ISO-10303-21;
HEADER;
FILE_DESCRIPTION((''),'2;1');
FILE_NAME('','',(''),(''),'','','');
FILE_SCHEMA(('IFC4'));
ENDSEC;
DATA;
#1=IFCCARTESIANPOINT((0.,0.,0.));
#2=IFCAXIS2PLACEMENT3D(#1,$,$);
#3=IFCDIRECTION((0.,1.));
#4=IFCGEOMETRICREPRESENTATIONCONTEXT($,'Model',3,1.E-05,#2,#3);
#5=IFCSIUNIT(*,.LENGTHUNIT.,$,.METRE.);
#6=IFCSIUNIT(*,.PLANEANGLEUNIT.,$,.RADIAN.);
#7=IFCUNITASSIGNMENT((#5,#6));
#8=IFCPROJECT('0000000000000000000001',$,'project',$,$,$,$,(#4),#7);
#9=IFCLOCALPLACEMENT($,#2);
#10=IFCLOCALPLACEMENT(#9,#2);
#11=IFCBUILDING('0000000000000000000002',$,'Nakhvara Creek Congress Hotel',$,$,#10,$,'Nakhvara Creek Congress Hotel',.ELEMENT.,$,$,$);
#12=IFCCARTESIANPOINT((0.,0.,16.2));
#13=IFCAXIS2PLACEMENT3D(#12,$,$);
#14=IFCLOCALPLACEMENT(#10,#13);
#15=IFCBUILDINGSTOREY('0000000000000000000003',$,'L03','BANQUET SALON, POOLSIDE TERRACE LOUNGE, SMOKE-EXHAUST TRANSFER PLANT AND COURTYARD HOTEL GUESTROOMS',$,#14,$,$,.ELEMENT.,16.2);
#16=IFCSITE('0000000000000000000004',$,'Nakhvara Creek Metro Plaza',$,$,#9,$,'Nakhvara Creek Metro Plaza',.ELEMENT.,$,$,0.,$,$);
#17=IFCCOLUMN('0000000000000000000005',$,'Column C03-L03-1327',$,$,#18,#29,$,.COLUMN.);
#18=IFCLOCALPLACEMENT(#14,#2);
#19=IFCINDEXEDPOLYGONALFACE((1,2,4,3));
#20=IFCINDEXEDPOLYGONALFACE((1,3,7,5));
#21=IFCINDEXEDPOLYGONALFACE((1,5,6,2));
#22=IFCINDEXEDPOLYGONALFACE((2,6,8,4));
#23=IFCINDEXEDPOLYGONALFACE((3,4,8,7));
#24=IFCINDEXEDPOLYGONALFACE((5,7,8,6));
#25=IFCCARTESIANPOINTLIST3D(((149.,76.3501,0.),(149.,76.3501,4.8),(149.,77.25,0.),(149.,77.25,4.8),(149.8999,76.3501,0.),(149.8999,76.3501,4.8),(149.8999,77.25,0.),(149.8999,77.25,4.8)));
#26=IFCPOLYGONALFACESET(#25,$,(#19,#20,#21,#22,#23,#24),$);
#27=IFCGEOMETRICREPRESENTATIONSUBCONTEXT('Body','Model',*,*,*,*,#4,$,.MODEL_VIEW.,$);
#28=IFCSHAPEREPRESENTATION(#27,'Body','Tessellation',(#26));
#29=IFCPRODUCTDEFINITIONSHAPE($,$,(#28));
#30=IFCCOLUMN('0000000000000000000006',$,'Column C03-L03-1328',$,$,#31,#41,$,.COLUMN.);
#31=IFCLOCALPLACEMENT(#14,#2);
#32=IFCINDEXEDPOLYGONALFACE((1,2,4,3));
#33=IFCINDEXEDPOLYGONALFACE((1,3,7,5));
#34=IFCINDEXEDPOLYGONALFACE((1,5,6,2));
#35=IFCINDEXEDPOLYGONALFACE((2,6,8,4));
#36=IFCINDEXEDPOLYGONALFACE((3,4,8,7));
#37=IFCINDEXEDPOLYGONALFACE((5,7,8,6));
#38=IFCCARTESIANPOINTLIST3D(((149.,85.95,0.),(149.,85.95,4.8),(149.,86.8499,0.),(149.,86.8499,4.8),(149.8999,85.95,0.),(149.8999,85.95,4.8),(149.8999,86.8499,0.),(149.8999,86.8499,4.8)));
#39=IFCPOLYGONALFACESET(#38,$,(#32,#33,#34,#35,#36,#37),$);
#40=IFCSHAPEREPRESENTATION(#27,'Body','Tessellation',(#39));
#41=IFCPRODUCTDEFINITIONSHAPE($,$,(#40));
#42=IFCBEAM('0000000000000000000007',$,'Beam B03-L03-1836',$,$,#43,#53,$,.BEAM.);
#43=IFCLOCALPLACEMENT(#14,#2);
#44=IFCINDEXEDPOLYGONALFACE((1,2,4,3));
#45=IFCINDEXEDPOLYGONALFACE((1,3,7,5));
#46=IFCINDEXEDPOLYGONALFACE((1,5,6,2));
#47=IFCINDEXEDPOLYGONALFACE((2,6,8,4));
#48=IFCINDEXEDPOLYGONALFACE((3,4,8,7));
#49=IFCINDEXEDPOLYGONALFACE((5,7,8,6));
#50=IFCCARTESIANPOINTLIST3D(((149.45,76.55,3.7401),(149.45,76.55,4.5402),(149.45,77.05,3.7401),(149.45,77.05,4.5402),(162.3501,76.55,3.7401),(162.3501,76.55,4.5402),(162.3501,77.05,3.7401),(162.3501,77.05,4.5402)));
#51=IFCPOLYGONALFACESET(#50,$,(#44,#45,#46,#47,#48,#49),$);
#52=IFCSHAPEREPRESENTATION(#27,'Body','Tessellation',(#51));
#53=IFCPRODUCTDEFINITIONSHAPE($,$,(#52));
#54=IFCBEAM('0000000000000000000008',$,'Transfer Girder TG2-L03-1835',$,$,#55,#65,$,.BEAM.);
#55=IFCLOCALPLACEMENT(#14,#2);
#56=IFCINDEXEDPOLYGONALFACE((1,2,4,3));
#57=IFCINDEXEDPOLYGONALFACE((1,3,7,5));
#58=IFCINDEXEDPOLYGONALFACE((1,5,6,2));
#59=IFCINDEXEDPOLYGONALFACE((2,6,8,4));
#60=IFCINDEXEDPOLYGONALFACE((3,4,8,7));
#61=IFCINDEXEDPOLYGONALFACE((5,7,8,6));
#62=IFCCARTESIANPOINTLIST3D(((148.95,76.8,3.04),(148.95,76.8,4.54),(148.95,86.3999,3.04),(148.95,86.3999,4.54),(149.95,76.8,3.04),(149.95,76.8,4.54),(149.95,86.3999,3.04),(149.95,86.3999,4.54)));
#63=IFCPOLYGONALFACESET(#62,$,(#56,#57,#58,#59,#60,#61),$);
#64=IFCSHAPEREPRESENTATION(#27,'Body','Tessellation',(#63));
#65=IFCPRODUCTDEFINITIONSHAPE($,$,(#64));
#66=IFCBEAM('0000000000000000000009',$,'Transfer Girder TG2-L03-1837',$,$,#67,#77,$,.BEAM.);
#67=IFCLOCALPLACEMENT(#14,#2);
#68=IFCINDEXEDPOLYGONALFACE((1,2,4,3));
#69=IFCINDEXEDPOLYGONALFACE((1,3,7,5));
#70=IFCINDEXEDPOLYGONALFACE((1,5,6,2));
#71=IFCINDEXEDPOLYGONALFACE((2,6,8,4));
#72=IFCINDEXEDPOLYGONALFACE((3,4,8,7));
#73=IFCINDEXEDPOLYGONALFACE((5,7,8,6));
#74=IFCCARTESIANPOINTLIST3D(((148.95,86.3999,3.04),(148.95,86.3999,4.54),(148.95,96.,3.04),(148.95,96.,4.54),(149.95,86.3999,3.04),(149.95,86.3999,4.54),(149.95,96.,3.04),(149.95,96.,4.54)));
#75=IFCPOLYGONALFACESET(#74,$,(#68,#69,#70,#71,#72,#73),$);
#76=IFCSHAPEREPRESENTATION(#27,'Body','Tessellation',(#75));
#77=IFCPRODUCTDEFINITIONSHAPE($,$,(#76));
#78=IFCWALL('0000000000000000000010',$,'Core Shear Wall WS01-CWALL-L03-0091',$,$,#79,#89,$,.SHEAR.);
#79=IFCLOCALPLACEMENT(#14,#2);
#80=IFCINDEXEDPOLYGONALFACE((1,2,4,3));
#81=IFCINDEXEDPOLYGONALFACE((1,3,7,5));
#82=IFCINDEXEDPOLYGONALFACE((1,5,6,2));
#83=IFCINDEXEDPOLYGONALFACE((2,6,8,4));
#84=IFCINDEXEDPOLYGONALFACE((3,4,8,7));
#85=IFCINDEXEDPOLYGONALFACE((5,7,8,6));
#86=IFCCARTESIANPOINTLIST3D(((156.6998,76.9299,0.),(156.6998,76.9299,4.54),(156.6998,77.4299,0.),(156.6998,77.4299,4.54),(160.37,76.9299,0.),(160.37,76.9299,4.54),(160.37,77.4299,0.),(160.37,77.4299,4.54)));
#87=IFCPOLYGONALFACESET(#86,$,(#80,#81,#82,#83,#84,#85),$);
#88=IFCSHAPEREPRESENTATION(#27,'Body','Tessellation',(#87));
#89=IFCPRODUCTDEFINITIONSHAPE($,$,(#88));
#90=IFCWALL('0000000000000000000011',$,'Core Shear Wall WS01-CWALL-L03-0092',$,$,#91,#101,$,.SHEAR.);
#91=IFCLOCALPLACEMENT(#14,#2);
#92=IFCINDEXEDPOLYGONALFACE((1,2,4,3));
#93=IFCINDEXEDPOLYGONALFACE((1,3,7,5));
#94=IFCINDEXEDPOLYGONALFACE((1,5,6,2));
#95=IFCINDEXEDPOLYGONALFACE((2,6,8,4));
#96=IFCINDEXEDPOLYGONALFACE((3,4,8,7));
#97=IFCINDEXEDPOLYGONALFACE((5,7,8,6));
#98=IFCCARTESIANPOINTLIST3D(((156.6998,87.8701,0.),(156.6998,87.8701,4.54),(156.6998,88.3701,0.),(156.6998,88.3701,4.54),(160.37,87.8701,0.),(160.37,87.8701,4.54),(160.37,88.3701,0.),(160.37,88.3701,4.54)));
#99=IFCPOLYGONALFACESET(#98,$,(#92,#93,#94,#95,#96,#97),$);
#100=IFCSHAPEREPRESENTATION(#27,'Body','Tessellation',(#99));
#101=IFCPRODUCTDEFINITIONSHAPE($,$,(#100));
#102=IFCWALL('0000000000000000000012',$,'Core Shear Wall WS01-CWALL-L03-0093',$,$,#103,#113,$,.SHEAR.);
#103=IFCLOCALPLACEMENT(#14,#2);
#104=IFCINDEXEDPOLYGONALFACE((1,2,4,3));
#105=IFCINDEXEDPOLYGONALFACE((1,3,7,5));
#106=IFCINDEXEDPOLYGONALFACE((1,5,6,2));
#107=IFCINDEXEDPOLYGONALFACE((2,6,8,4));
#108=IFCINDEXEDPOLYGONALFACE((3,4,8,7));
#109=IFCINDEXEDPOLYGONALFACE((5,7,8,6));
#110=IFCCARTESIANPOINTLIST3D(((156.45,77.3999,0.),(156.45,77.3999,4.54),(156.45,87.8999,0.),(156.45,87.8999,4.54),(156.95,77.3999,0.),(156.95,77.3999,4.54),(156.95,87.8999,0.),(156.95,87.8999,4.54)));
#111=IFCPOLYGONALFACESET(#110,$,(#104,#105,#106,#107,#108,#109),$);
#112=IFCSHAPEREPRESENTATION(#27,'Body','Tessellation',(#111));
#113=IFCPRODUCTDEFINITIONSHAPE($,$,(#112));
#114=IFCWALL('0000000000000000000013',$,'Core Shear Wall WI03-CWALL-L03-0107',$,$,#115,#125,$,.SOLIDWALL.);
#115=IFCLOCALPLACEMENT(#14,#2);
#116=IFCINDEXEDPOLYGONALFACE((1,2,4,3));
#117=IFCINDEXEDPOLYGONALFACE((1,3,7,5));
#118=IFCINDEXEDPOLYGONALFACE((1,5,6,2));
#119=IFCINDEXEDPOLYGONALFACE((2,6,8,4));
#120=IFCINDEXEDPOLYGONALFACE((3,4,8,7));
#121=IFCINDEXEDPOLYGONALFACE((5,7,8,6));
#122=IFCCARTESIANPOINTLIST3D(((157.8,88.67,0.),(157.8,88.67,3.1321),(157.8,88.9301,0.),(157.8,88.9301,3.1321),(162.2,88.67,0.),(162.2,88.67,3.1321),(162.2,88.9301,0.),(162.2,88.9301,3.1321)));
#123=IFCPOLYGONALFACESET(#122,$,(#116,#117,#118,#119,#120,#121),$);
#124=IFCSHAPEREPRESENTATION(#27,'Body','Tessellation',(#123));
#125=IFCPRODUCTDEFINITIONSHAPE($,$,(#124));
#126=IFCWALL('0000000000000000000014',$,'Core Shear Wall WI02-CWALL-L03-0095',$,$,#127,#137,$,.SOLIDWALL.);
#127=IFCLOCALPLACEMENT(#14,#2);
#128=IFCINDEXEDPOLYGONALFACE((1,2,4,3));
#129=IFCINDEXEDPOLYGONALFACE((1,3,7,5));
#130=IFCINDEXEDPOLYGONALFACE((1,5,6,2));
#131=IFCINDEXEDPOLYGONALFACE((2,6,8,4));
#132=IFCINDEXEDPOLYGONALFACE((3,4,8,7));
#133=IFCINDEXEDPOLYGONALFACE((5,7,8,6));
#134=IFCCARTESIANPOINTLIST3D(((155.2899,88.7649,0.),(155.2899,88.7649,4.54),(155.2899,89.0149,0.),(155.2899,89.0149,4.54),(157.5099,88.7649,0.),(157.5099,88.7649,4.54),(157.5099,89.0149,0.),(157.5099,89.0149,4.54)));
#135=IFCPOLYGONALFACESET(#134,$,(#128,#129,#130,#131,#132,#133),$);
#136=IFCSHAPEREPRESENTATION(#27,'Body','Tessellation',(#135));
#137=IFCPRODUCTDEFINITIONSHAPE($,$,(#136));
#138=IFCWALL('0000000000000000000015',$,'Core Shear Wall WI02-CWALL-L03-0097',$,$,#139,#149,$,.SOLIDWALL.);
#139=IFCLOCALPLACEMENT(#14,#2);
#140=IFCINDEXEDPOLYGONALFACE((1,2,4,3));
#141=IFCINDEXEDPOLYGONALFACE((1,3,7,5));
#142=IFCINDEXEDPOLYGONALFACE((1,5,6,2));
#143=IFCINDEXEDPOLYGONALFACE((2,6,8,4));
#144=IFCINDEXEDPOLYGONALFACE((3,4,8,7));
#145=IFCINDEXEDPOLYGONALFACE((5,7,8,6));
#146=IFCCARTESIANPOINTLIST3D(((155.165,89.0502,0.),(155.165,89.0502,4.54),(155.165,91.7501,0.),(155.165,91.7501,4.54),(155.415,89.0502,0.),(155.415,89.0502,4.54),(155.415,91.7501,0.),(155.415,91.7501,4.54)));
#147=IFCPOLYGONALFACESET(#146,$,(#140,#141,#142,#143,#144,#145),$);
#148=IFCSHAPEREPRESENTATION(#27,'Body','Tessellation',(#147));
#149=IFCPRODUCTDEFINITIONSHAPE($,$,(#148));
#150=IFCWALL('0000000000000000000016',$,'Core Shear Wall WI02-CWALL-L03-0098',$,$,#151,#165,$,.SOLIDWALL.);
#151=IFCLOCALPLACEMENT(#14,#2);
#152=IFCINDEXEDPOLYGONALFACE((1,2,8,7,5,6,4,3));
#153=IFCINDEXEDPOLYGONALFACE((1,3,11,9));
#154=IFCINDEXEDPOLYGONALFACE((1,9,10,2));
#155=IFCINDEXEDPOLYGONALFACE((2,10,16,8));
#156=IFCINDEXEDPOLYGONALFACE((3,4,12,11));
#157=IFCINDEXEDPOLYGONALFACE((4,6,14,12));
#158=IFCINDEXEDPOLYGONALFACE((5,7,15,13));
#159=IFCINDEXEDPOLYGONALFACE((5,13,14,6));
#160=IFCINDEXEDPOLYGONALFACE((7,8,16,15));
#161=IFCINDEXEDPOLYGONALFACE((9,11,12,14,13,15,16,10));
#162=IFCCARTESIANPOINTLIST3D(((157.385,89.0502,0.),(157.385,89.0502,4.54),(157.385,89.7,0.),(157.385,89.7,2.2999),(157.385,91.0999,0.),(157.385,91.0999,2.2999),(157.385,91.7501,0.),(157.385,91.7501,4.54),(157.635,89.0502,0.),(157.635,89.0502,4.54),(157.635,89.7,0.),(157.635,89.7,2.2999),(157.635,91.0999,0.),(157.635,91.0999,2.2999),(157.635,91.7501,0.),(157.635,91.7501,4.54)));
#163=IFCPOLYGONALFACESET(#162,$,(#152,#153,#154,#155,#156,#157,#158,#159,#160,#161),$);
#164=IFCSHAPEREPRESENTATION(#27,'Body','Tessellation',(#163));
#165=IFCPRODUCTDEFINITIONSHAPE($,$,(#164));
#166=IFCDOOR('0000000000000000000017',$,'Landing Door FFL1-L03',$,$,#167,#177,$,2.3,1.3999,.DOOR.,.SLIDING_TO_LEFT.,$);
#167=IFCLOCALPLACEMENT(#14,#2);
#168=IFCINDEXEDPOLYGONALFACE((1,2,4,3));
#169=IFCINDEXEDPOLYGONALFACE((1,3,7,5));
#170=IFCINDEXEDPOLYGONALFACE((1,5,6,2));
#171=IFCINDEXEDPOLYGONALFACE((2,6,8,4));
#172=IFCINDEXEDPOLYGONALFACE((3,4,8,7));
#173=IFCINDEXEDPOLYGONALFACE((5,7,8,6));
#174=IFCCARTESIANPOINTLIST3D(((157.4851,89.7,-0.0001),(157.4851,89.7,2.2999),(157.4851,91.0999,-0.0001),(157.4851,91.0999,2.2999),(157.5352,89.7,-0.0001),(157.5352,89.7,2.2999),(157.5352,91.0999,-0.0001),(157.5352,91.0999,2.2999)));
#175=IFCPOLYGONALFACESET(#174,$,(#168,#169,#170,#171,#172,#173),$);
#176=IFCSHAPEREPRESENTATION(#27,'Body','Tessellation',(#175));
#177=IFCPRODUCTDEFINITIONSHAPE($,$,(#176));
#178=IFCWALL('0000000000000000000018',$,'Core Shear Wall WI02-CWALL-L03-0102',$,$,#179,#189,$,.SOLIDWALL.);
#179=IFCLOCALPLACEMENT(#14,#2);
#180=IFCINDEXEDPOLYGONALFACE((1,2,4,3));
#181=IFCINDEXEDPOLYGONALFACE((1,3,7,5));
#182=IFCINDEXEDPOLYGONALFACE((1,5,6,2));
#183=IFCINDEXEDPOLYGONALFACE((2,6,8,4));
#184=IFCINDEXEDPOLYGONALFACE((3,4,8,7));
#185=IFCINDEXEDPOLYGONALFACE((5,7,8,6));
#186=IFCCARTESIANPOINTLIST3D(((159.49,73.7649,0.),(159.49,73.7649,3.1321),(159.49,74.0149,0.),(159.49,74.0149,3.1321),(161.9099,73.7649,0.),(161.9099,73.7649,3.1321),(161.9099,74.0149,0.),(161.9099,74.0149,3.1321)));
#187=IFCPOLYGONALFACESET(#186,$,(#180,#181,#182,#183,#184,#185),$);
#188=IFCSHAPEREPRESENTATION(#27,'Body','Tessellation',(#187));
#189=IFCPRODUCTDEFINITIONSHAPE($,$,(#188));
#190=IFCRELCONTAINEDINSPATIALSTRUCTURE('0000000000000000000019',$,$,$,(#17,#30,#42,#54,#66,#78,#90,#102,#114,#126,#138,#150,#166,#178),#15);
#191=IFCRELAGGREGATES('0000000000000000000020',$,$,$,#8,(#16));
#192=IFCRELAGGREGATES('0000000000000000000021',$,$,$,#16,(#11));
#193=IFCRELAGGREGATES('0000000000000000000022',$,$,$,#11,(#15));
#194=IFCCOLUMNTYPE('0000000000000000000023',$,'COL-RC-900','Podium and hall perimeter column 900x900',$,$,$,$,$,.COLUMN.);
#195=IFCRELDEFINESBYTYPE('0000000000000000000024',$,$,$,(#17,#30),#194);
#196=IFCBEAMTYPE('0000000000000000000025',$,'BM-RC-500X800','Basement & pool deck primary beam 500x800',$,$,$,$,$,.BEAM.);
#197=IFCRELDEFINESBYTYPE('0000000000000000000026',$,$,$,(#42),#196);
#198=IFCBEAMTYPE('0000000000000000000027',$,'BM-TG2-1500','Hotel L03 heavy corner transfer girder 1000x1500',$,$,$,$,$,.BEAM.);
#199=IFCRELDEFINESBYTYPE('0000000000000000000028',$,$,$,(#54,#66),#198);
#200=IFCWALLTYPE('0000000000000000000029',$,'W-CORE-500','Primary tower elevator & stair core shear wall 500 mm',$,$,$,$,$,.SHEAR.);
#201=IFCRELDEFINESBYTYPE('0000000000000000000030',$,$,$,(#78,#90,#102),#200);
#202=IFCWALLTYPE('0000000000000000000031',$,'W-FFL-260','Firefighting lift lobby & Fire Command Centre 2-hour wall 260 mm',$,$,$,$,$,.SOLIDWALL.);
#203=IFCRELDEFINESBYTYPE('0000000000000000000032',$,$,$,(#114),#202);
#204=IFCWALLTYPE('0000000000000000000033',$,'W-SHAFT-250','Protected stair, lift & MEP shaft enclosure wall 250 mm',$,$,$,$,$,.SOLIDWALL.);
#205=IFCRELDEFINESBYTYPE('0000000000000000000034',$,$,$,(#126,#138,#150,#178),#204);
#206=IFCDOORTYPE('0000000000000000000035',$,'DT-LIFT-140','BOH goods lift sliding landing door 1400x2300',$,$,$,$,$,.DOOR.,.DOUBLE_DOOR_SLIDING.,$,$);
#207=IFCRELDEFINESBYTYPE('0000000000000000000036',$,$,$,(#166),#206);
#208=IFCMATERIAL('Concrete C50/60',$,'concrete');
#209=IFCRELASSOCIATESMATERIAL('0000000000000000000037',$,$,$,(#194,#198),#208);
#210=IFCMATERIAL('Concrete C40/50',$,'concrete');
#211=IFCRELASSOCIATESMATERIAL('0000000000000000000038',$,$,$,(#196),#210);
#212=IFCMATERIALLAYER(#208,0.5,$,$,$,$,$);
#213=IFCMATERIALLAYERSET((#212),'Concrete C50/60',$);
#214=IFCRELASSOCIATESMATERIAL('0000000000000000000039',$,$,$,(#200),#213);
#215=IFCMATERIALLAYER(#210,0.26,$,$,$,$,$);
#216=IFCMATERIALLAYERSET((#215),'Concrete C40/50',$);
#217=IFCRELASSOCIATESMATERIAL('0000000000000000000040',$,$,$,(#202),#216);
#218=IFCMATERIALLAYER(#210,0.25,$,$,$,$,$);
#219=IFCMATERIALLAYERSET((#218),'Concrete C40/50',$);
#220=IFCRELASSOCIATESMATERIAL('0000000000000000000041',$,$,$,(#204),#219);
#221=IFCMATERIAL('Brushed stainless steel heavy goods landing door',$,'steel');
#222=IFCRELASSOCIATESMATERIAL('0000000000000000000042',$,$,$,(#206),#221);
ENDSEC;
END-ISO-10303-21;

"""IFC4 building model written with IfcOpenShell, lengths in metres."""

from ifc_helpers import new_model, si_unit, direction, frame, frame_2d, origin, origin_2d, place, context, subcontext, project, spatial, rectangle, extrude, material, layer, layer_set, material_profile, profile_set, type_object, element, fill, save


model = new_model("IFC4")

# Units and contexts
model_context = context("Model", 3, precision=1e-05, world=origin(), true_north=direction((0.0, 1.0)))
body_context = subcontext(model_context, "Body", "Model", "MODEL_VIEW")
ifc_project = project(units=[si_unit("LENGTHUNIT", "METRE"), si_unit("PLANEANGLEUNIT", "RADIAN")], contexts=[model_context])

# Site, building, storey
site_placement = place(None, origin())
site = spatial("IfcSite", under=ifc_project, at=site_placement, Name="Nakhvara Creek Metro Plaza", LongName="Nakhvara Creek Metro Plaza", CompositionType="ELEMENT", RefElevation=0.0)
building_placement = place(site_placement, origin())
building = spatial("IfcBuilding", under=site, at=building_placement, Name="Nakhvara Creek Congress Hotel", LongName="Nakhvara Creek Congress Hotel", CompositionType="ELEMENT")
storey_placement = place(building_placement, frame((0.0, 0.0, 16.2)))
storey = spatial("IfcBuildingStorey", under=building, at=storey_placement, Name="L03", Description="BANQUET SALON, POOLSIDE TERRACE LOUNGE, SMOKE-EXHAUST TRANSFER PLANT AND COURTYARD HOTEL GUESTROOMS", CompositionType="ELEMENT", Elevation=16.2)

# Columns
ifc_material_1 = material(Name="Concrete C50/60", Category="concrete")
ifc_material_profile_1 = material_profile(ifc_material_1, rectangle(XDim=0.8999, YDim=0.8999, at=origin_2d()), Name="RC-COL 900x900", Category="LoadBearing")
ifc_profile_set_1 = profile_set([ifc_material_profile_1], Name="Concrete C50/60")
column_type = type_object("IfcColumnType", Name="COL-RC-900", Description="Podium and hall perimeter column 900x900", PredefinedType="COLUMN", material=ifc_profile_set_1)
for number, where, z_axis, x_axis, name in (
    (1, (149.45, 76.8, 0.0), (0.0, 0.0, 1.0), (1.0, 0.0, 0.0), "Column C03-L03-1327"),
    (2, (149.45, 86.3999, 0.0), (0.0, 0.0, 1.0), (1.0, 0.0, 0.0), "Column C03-L03-1328"),
):
    element("IfcColumn", number, at=place(storey_placement, frame(where, z_axis=z_axis, x_axis=x_axis)), inside=storey, type_object=column_type, Name=name, PredefinedType="COLUMN", context=body_context, shape_type="SweptSolid", body=[
        extrude(rectangle(XDim=0.8999, YDim=0.8999, at=origin_2d()), origin(), (0.0, 0.0, 1.0), 4.8),
    ])

# Beams
ifc_material_2 = material(Name="Concrete C40/50", Category="concrete")
ifc_material_profile_2 = material_profile(ifc_material_2, rectangle(XDim=0.5, YDim=0.8, at=origin_2d()), Name="RC-BM 500x800", Category="LoadBearing")
ifc_profile_set_2 = profile_set([ifc_material_profile_2], Name="Concrete C40/50")
beam_type_1 = type_object("IfcBeamType", Name="BM-RC-500X800", Description="Basement & pool deck primary beam 500x800", PredefinedType="BEAM", material=ifc_profile_set_2)
beam_1_placement = place(storey_placement, frame((149.45, 76.8, 4.1401), z_axis=(1.0, 0.0, 0.0), x_axis=(0.0, 1.0, 0.0)))
element("IfcBeam", 3, at=beam_1_placement, inside=storey, type_object=beam_type_1, Name="Beam B03-L03-1836", PredefinedType="BEAM", context=body_context, shape_type="SweptSolid", body=[
    extrude(rectangle(XDim=0.5, YDim=0.8, at=origin_2d()), origin(), (0.0, 0.0, 1.0), 12.9001),
])
ifc_material_profile_3 = material_profile(ifc_material_1, rectangle(XDim=1.0, YDim=1.5, at=origin_2d()), Name="RC-TG 1000x1500", Category="LoadBearing")
ifc_profile_set_3 = profile_set([ifc_material_profile_3], Name="Concrete C50/60")
beam_type_2 = type_object("IfcBeamType", Name="BM-TG2-1500", Description="Hotel L03 heavy corner transfer girder 1000x1500", PredefinedType="BEAM", material=ifc_profile_set_3)
beam_2_placement = place(storey_placement, frame((149.45, 76.8, 3.79), z_axis=(0.0, 1.0, 0.0), x_axis=(-1.0, 0.0, 0.0)))
element("IfcBeam", 4, at=beam_2_placement, inside=storey, type_object=beam_type_2, Name="Transfer Girder TG2-L03-1835", PredefinedType="BEAM", context=body_context, shape_type="SweptSolid", body=[
    extrude(rectangle(XDim=1.0, YDim=1.5, at=origin_2d()), origin(), (0.0, 0.0, 1.0), 9.5999),
])
beam_3_placement = place(storey_placement, frame((149.45, 86.3999, 3.79), z_axis=(0.0, 1.0, 0.0), x_axis=(-1.0, 0.0, 0.0)))
element("IfcBeam", 5, at=beam_3_placement, inside=storey, type_object=beam_type_2, Name="Transfer Girder TG2-L03-1837", PredefinedType="BEAM", context=body_context, shape_type="SweptSolid", body=[
    extrude(rectangle(XDim=1.0, YDim=1.5, at=origin_2d()), origin(), (0.0, 0.0, 1.0), 9.6001),
])

# Walls
ifc_layer_1 = layer(ifc_material_1, 0.5)
ifc_layer_set_1 = layer_set([ifc_layer_1], Name="Concrete C50/60")
wall_type_1 = type_object("IfcWallType", Name="W-CORE-500", Description="Primary tower elevator & stair core shear wall 500 mm", PredefinedType="SHEAR", material=ifc_layer_set_1)
for number, where, z_axis, x_axis, name in (
    (6, (156.7, 77.1799, 0.0), (0.0, 0.0, 1.0), (1.0, 0.0, 0.0), "Core Shear Wall WS01-CWALL-L03-0091"),
    (7, (156.7, 88.1201, 0.0), (0.0, 0.0, 1.0), (1.0, 0.0, 0.0), "Core Shear Wall WS01-CWALL-L03-0092"),
):
    element("IfcWall", number, at=place(storey_placement, frame(where, z_axis=z_axis, x_axis=x_axis)), inside=storey, type_object=wall_type_1, Name=name, PredefinedType="SHEAR", context=body_context, shape_type="SweptSolid", body=[
        extrude(rectangle(XDim=3.6702, YDim=0.5, at=frame_2d((1.835, 0.0))), origin(), (0.0, 0.0, 1.0), 4.54),
    ])
wall_1_placement = place(storey_placement, frame((156.7, 77.3999, 0.0), z_axis=(0.0, 0.0, 1.0), x_axis=(0.0, 1.0, 0.0)))
element("IfcWall", 8, at=wall_1_placement, inside=storey, type_object=wall_type_1, Name="Core Shear Wall WS01-CWALL-L03-0093", PredefinedType="SHEAR", context=body_context, shape_type="SweptSolid", body=[
    extrude(rectangle(XDim=10.5, YDim=0.5, at=frame_2d((5.25, 0.0))), origin(), (0.0, 0.0, 1.0), 4.54),
])
ifc_layer_2 = layer(ifc_material_2, 0.26)
ifc_layer_set_2 = layer_set([ifc_layer_2], Name="Concrete C40/50")
wall_type_2 = type_object("IfcWallType", Name="W-FFL-260", Description="Firefighting lift lobby & Fire Command Centre 2-hour wall 260 mm", PredefinedType="SOLIDWALL", material=ifc_layer_set_2)
wall_2_placement = place(storey_placement, frame((157.8, 88.8, 0.0), z_axis=(0.0, 0.0, 1.0), x_axis=(1.0, 0.0, 0.0)))
element("IfcWall", 9, at=wall_2_placement, inside=storey, type_object=wall_type_2, Name="Core Shear Wall WI03-CWALL-L03-0107", PredefinedType="SOLIDWALL", context=body_context, shape_type="SweptSolid", body=[
    extrude(rectangle(XDim=4.3999, YDim=0.26, at=frame_2d((2.2, 0.0))), origin(), (0.0, 0.0, 1.0), 3.1321),
])
ifc_layer_3 = layer(ifc_material_2, 0.25)
ifc_layer_set_3 = layer_set([ifc_layer_3], Name="Concrete C40/50")
wall_type_3 = type_object("IfcWallType", Name="W-SHAFT-250", Description="Protected stair, lift & MEP shaft enclosure wall 250 mm", PredefinedType="SOLIDWALL", material=ifc_layer_set_3)
wall_3_placement = place(storey_placement, frame((155.29, 88.8899, 0.0), z_axis=(0.0, 0.0, 1.0), x_axis=(1.0, 0.0, 0.0)))
element("IfcWall", 10, at=wall_3_placement, inside=storey, type_object=wall_type_3, Name="Core Shear Wall WI02-CWALL-L03-0095", PredefinedType="SOLIDWALL", context=body_context, shape_type="SweptSolid", body=[
    extrude(rectangle(XDim=2.22, YDim=0.25, at=frame_2d((1.1099, 0.0))), origin(), (0.0, 0.0, 1.0), 4.54),
])
wall_4_placement = place(storey_placement, frame((155.29, 89.05, 0.0), z_axis=(0.0, 0.0, 1.0), x_axis=(0.0, 1.0, 0.0)))
element("IfcWall", 11, at=wall_4_placement, inside=storey, type_object=wall_type_3, Name="Core Shear Wall WI02-CWALL-L03-0097", PredefinedType="SOLIDWALL", context=body_context, shape_type="SweptSolid", body=[
    extrude(rectangle(XDim=2.7, YDim=0.25, at=frame_2d((1.3501, 0.0))), origin(), (0.0, 0.0, 1.0), 4.54),
])

# Wall, opening, door
wall_5_placement = place(storey_placement, frame((157.51, 89.05, 0.0), z_axis=(0.0, 0.0, 1.0), x_axis=(0.0, 1.0, 0.0)))
wall_5 = element("IfcWall", 12, at=wall_5_placement, inside=storey, type_object=wall_type_3, Name="Core Shear Wall WI02-CWALL-L03-0098", PredefinedType="SOLIDWALL", context=body_context, shape_type="SweptSolid", body=[
    extrude(rectangle(XDim=2.7, YDim=0.25, at=frame_2d((1.3501, 0.0))), origin(), (0.0, 0.0, 1.0), 4.54),
])
opening_placement = place(wall_5_placement, frame((0.6499, 0.0, 0.0)))
opening = element("IfcOpeningElement", 13, at=opening_placement, cuts=wall_5, PredefinedType="OPENING", context=body_context, shape_type="SweptSolid", body=[
    extrude(rectangle(XDim=1.3999, YDim=2.3, at=frame_2d((0.7, 1.1499))), frame((0.0, 0.137, 0.0), z_axis=(0.0, -1.0, 0.0), x_axis=(1.0, 0.0, 0.0)), (0.0, 0.0, 1.0), 0.2739),
])
ifc_material_3 = material(Name="Brushed stainless steel heavy goods landing door", Category="steel")
door_type = type_object("IfcDoorType", Name="DT-LIFT-140", Description="BOH goods lift sliding landing door 1400x2300", OperationType="DOUBLE_DOOR_SLIDING", PredefinedType="DOOR", material=ifc_material_3)
door_placement = place(opening_placement, origin())
door = element("IfcDoor", 14, at=door_placement, inside=storey, type_object=door_type, Name="Landing Door FFL1-L03", OperationType="SLIDING_TO_LEFT", OverallHeight=2.3, OverallWidth=1.3999, PredefinedType="DOOR", context=body_context, shape_type="SweptSolid", body=[
    extrude(rectangle(XDim=1.3999, YDim=2.3, at=frame_2d((0.7, 1.1499))), frame((0.0, 0.0249, 0.0), z_axis=(0.0, -1.0, 0.0), x_axis=(1.0, 0.0, 0.0)), (0.0, 0.0, 1.0), 0.05),
])
fill(opening, door)

# Wall
wall_6_placement = place(storey_placement, frame((159.49, 73.8899, 0.0), z_axis=(0.0, 0.0, 1.0), x_axis=(1.0, 0.0, 0.0)))
element("IfcWall", 15, at=wall_6_placement, inside=storey, type_object=wall_type_3, Name="Core Shear Wall WI02-CWALL-L03-0102", PredefinedType="SOLIDWALL", context=body_context, shape_type="SweptSolid", body=[
    extrude(rectangle(XDim=2.4199, YDim=0.25, at=frame_2d((1.21, 0.0))), origin(), (0.0, 0.0, 1.0), 3.1321),
])

save(model, "model.ifc")
